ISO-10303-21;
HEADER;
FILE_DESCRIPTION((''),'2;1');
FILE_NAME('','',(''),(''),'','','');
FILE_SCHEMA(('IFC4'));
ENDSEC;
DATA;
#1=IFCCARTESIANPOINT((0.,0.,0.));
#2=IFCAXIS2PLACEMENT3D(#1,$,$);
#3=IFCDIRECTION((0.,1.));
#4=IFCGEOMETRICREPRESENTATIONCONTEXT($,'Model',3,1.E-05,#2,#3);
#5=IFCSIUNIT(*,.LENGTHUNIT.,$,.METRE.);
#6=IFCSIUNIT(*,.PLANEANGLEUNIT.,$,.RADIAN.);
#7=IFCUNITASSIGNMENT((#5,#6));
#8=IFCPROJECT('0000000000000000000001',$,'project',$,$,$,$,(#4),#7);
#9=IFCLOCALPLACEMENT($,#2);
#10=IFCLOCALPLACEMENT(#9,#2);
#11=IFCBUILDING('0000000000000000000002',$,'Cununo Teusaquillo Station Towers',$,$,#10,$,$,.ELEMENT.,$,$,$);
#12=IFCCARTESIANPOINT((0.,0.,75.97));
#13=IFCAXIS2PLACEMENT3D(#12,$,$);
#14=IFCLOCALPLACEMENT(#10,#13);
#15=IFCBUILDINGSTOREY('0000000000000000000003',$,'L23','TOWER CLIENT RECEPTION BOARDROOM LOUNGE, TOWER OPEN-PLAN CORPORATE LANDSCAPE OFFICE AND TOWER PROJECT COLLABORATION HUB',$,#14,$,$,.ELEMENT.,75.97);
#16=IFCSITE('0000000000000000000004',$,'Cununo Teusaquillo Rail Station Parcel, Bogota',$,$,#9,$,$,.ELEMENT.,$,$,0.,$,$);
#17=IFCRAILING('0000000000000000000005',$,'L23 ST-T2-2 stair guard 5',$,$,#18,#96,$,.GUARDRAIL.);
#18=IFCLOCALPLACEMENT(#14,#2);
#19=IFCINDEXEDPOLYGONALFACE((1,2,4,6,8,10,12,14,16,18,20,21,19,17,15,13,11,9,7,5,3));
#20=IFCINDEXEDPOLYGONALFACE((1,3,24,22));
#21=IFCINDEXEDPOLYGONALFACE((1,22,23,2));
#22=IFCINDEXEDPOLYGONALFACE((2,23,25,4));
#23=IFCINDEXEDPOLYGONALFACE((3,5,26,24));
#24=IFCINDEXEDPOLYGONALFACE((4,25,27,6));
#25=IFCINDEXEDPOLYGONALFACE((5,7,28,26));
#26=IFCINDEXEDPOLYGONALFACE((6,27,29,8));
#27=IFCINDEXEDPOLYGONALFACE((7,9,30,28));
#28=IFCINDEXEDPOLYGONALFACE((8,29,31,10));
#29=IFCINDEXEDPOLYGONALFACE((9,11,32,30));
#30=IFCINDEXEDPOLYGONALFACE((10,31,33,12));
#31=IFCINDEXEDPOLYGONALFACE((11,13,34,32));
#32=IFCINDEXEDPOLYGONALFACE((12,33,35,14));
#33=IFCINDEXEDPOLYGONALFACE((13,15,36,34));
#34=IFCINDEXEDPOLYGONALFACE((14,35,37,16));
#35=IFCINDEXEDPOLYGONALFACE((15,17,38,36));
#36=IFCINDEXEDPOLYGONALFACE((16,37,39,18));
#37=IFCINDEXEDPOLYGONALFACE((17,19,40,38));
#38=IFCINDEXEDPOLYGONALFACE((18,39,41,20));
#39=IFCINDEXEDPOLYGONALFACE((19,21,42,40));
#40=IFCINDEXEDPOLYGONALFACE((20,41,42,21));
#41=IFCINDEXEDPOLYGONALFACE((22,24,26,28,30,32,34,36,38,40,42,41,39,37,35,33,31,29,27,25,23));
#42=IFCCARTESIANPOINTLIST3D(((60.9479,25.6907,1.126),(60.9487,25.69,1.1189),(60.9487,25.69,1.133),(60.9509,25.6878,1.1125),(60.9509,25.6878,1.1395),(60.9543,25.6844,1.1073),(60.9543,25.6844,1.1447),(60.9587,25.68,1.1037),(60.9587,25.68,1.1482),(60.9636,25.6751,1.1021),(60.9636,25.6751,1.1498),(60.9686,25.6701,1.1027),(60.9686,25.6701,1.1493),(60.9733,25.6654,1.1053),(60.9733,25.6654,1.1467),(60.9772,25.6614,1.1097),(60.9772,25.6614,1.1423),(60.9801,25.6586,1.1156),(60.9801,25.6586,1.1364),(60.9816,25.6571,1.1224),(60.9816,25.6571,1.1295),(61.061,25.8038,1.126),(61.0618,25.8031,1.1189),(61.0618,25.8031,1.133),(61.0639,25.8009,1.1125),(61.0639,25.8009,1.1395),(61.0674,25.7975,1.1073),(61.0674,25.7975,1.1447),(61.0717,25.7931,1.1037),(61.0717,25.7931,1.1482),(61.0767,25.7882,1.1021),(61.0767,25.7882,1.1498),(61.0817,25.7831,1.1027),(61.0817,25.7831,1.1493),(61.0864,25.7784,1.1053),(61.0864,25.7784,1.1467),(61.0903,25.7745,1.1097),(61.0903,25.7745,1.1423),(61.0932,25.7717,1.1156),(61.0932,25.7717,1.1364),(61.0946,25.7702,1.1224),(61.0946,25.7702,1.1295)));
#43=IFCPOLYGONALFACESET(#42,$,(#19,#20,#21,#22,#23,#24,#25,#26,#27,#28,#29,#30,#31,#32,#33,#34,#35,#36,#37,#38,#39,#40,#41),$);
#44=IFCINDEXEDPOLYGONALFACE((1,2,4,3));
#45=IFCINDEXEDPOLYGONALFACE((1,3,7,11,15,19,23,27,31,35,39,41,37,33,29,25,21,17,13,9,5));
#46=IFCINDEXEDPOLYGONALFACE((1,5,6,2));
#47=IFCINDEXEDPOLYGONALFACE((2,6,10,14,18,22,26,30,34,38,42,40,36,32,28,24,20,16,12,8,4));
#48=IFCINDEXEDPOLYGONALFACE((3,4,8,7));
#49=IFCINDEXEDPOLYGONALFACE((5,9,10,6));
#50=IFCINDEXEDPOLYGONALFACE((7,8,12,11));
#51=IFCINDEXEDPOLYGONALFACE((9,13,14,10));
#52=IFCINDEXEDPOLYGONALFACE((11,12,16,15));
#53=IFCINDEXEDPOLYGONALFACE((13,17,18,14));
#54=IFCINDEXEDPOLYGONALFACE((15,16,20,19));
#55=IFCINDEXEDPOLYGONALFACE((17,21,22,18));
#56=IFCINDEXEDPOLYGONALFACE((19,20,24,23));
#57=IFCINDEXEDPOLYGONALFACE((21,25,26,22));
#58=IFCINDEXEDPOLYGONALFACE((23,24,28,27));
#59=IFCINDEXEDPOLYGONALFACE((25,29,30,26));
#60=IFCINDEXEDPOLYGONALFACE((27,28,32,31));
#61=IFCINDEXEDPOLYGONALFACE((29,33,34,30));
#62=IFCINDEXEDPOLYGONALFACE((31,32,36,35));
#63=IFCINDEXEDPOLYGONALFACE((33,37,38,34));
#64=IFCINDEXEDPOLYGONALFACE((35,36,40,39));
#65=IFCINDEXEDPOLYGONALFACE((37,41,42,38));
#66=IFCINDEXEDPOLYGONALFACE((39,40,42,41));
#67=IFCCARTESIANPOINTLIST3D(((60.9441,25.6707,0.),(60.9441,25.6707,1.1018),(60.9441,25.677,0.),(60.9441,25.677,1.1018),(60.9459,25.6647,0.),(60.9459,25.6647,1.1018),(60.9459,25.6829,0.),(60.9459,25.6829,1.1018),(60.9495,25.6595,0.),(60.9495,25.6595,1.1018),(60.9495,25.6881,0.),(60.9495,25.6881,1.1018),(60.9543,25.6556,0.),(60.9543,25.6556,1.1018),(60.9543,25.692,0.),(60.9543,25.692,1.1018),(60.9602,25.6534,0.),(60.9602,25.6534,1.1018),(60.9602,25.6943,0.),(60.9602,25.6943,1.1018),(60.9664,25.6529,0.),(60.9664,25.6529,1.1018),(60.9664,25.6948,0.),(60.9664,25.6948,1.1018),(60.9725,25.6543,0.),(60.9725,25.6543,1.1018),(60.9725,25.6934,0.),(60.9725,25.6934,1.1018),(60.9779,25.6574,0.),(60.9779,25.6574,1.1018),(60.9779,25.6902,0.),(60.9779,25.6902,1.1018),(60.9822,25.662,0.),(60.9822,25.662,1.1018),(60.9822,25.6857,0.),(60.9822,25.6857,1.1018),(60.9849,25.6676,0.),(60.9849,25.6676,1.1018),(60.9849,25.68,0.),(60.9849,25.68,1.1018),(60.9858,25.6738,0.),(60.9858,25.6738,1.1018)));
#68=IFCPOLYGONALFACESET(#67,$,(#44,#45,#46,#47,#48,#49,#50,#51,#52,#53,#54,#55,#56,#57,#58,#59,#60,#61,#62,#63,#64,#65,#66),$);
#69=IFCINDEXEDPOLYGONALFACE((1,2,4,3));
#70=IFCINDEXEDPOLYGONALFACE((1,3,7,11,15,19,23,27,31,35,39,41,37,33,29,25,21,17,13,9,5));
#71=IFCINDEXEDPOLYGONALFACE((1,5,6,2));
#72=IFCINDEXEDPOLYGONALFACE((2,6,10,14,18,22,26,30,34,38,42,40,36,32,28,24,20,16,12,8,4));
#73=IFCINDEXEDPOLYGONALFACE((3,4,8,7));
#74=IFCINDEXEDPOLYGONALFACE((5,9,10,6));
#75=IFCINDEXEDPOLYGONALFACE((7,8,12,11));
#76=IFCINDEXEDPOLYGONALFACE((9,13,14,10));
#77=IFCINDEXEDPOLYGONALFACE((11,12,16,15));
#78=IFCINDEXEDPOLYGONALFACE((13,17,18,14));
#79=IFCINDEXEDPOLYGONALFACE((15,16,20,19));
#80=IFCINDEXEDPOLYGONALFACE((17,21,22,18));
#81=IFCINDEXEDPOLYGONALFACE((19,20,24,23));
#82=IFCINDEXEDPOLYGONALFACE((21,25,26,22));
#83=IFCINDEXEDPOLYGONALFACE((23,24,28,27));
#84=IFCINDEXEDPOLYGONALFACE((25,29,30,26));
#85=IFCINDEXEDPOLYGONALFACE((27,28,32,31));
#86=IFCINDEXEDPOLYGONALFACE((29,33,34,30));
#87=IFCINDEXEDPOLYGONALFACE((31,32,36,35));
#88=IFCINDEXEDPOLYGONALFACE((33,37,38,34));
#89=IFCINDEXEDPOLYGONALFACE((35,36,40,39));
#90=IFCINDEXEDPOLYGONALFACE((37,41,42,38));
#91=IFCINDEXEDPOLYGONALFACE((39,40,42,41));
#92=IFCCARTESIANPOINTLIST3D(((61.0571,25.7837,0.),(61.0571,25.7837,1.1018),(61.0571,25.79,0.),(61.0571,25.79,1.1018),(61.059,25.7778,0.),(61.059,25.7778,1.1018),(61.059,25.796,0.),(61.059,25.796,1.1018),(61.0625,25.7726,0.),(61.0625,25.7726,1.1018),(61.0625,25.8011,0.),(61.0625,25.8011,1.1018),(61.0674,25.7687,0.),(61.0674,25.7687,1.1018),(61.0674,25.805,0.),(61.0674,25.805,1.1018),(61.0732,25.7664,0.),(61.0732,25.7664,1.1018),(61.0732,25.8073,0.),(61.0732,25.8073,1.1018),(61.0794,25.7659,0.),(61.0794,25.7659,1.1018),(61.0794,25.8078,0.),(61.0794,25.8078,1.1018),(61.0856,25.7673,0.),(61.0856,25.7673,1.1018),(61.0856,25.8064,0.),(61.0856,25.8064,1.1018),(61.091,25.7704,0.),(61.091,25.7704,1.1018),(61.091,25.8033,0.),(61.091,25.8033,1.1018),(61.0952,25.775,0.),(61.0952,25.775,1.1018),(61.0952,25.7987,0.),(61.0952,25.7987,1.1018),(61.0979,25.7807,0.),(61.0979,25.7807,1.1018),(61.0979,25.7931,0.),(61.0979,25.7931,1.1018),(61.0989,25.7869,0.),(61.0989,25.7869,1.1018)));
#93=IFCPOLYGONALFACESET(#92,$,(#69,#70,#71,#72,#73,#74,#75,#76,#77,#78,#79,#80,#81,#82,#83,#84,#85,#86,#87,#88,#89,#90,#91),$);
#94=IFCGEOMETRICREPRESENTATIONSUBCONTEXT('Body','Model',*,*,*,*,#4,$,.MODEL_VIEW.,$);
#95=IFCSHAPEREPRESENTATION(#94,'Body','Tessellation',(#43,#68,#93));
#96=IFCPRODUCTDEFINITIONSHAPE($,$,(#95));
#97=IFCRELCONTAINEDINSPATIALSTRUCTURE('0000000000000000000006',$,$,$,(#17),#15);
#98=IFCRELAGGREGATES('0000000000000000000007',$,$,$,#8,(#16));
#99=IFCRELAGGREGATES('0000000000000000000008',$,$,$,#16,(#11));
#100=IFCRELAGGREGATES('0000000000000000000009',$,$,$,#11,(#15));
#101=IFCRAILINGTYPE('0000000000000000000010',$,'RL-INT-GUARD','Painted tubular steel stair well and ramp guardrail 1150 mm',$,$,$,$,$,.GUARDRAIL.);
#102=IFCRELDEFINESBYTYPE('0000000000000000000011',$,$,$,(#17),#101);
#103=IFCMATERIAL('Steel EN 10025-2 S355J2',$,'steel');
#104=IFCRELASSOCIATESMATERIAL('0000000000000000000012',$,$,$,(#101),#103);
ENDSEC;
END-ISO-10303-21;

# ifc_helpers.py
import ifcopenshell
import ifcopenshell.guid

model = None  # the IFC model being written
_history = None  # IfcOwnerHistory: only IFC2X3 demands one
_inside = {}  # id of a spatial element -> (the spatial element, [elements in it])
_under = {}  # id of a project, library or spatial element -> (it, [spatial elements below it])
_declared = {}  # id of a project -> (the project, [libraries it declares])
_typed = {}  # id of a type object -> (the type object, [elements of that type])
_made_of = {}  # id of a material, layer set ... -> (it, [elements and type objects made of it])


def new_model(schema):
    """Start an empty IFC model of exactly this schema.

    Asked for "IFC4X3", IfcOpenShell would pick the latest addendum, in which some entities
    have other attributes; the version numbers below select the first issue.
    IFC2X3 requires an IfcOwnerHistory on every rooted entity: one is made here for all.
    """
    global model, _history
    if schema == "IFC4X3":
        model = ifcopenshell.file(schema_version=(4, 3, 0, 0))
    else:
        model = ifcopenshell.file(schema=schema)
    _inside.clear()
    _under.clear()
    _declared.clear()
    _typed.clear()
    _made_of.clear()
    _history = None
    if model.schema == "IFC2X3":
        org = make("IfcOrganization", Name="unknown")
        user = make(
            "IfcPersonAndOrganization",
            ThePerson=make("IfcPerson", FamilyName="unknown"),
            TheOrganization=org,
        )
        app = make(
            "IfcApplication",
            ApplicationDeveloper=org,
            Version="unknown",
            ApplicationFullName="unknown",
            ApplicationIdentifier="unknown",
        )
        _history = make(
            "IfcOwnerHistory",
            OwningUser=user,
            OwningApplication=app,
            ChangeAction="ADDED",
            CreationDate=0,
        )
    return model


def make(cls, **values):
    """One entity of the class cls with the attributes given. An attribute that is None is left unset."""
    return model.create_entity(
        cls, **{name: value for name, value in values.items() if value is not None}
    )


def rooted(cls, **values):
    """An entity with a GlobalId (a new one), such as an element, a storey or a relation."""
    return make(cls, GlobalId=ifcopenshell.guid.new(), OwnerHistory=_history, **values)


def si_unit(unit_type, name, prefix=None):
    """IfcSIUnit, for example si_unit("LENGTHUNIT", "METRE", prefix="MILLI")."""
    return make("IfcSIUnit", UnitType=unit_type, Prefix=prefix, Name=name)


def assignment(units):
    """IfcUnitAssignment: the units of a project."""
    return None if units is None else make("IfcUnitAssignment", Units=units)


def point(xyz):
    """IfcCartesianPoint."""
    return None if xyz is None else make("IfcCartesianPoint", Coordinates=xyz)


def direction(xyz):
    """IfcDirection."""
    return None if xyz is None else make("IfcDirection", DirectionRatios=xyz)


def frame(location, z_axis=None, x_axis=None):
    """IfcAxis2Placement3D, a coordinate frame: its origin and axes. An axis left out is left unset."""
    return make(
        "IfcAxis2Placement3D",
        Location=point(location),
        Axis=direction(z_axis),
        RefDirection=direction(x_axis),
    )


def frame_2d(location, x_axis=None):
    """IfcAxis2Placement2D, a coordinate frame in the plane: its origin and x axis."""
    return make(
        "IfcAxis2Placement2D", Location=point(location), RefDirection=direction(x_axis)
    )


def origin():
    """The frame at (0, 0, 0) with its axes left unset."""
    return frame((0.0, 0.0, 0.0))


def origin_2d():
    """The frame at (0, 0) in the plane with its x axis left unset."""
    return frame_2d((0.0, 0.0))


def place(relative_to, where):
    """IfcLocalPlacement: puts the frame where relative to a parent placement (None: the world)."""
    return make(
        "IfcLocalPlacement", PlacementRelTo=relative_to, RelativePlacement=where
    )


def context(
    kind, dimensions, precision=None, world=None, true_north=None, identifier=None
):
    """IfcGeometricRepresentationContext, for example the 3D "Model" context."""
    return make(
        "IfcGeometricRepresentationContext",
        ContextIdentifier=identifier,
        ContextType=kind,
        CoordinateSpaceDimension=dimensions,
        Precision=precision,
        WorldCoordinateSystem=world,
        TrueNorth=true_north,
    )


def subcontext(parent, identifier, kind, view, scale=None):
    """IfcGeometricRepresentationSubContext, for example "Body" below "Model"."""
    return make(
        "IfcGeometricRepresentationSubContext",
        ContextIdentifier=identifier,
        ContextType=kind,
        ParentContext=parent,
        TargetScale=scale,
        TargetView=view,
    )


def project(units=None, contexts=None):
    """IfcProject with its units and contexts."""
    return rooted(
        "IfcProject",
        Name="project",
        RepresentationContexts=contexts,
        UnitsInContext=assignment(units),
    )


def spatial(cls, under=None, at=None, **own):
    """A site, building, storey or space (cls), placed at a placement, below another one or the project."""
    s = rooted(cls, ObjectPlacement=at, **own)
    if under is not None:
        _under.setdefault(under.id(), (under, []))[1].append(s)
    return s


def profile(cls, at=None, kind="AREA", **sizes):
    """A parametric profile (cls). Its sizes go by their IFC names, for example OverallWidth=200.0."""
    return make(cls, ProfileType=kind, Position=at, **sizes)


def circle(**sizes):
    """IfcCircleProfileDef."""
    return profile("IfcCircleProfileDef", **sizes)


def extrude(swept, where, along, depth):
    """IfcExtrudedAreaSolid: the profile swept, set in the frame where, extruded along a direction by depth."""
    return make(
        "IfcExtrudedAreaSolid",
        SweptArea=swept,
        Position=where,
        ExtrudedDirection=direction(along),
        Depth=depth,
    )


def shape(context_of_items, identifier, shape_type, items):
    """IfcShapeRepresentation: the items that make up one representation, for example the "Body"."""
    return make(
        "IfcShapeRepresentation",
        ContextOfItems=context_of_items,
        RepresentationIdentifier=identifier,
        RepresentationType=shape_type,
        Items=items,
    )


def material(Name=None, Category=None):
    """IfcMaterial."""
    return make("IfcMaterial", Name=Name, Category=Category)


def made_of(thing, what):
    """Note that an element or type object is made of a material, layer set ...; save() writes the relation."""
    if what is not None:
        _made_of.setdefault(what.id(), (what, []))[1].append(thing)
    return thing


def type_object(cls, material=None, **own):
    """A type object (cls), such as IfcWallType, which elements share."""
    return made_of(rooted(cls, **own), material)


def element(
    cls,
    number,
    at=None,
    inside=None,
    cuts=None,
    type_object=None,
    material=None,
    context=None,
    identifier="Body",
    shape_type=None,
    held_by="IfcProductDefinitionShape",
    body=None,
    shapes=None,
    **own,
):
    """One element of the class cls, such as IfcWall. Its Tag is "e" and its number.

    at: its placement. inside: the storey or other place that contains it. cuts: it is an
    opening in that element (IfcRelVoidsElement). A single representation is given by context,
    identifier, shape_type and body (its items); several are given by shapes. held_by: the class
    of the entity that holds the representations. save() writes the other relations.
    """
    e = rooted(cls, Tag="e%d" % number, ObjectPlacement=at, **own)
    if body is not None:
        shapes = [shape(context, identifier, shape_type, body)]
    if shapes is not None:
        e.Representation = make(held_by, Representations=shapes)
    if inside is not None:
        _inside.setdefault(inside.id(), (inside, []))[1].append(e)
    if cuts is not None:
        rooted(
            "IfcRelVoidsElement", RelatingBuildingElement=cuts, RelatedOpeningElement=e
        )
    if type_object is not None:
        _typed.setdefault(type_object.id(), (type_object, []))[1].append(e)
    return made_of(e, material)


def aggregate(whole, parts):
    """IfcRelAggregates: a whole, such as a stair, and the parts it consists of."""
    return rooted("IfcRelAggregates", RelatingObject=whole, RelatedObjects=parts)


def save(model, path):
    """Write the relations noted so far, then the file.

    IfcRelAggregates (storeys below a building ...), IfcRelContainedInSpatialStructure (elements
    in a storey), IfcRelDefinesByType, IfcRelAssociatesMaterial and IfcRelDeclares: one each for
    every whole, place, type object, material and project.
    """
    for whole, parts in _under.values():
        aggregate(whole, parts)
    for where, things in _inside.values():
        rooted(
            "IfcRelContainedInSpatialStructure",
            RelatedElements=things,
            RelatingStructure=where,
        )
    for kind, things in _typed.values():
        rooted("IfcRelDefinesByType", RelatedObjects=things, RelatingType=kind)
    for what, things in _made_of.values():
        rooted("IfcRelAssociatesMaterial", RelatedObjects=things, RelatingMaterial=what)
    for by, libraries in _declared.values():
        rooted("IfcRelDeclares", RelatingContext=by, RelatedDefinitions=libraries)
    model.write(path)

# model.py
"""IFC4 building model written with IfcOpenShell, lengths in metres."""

from ifc_helpers import new_model, si_unit, direction, frame, origin, origin_2d, place, context, subcontext, project, spatial, circle, extrude, material, type_object, element, save


model = new_model("IFC4")

# Units and contexts
model_context = context("Model", 3, precision=1e-05, world=origin(), true_north=direction((0.0, 1.0)))
body_context = subcontext(model_context, "Body", "Model", "MODEL_VIEW")
ifc_project = project(units=[si_unit("LENGTHUNIT", "METRE"), si_unit("PLANEANGLEUNIT", "RADIAN")], contexts=[model_context])

# Site, building, storey
site_placement = place(None, origin())
site = spatial("IfcSite", under=ifc_project, at=site_placement, Name="Cununo Teusaquillo Rail Station Parcel, Bogota", CompositionType="ELEMENT", RefElevation=0.0)
building_placement = place(site_placement, origin())
building = spatial("IfcBuilding", under=site, at=building_placement, Name="Cununo Teusaquillo Station Towers", CompositionType="ELEMENT")
storey_placement = place(building_placement, frame((0.0, 0.0, 75.97)))
storey = spatial("IfcBuildingStorey", under=building, at=storey_placement, Name="L23", Description="TOWER CLIENT RECEPTION BOARDROOM LOUNGE, TOWER OPEN-PLAN CORPORATE LANDSCAPE OFFICE AND TOWER PROJECT COLLABORATION HUB", CompositionType="ELEMENT", Elevation=75.97)

# Railing
ifc_material_1 = material(Name="Steel EN 10025-2 S355J2", Category="steel")
railing_type_1 = type_object("IfcRailingType", Name="RL-INT-GUARD", Description="Painted tubular steel stair well and ramp guardrail 1150 mm", PredefinedType="GUARDRAIL", material=ifc_material_1)
railing_1_placement = place(storey_placement, frame((60.9648, 25.6738, 0.0)))
element("IfcRailing", 1, at=railing_1_placement, inside=storey, type_object=railing_type_1, Name="L23 ST-T2-2 stair guard 5", PredefinedType="GUARDRAIL", context=body_context, shape_type="SweptSolid", body=[
    extrude(circle(Radius=0.0239, at=origin_2d()), frame((0.0, 0.0, 1.126), z_axis=(0.707107, 0.707107, 0.0), x_axis=(-0.707107, 0.707107, 0.0)), (0.0, 0.0, 1.0), 0.1599),
    extrude(circle(Radius=0.021, at=origin_2d()), origin(), (0.0, 0.0, 1.0), 1.1018),
    extrude(circle(Radius=0.021, at=origin_2d()), frame((0.113, 0.113, 0.0)), (0.0, 0.0, 1.0), 1.1018),
])

save(model, "model.ifc")
